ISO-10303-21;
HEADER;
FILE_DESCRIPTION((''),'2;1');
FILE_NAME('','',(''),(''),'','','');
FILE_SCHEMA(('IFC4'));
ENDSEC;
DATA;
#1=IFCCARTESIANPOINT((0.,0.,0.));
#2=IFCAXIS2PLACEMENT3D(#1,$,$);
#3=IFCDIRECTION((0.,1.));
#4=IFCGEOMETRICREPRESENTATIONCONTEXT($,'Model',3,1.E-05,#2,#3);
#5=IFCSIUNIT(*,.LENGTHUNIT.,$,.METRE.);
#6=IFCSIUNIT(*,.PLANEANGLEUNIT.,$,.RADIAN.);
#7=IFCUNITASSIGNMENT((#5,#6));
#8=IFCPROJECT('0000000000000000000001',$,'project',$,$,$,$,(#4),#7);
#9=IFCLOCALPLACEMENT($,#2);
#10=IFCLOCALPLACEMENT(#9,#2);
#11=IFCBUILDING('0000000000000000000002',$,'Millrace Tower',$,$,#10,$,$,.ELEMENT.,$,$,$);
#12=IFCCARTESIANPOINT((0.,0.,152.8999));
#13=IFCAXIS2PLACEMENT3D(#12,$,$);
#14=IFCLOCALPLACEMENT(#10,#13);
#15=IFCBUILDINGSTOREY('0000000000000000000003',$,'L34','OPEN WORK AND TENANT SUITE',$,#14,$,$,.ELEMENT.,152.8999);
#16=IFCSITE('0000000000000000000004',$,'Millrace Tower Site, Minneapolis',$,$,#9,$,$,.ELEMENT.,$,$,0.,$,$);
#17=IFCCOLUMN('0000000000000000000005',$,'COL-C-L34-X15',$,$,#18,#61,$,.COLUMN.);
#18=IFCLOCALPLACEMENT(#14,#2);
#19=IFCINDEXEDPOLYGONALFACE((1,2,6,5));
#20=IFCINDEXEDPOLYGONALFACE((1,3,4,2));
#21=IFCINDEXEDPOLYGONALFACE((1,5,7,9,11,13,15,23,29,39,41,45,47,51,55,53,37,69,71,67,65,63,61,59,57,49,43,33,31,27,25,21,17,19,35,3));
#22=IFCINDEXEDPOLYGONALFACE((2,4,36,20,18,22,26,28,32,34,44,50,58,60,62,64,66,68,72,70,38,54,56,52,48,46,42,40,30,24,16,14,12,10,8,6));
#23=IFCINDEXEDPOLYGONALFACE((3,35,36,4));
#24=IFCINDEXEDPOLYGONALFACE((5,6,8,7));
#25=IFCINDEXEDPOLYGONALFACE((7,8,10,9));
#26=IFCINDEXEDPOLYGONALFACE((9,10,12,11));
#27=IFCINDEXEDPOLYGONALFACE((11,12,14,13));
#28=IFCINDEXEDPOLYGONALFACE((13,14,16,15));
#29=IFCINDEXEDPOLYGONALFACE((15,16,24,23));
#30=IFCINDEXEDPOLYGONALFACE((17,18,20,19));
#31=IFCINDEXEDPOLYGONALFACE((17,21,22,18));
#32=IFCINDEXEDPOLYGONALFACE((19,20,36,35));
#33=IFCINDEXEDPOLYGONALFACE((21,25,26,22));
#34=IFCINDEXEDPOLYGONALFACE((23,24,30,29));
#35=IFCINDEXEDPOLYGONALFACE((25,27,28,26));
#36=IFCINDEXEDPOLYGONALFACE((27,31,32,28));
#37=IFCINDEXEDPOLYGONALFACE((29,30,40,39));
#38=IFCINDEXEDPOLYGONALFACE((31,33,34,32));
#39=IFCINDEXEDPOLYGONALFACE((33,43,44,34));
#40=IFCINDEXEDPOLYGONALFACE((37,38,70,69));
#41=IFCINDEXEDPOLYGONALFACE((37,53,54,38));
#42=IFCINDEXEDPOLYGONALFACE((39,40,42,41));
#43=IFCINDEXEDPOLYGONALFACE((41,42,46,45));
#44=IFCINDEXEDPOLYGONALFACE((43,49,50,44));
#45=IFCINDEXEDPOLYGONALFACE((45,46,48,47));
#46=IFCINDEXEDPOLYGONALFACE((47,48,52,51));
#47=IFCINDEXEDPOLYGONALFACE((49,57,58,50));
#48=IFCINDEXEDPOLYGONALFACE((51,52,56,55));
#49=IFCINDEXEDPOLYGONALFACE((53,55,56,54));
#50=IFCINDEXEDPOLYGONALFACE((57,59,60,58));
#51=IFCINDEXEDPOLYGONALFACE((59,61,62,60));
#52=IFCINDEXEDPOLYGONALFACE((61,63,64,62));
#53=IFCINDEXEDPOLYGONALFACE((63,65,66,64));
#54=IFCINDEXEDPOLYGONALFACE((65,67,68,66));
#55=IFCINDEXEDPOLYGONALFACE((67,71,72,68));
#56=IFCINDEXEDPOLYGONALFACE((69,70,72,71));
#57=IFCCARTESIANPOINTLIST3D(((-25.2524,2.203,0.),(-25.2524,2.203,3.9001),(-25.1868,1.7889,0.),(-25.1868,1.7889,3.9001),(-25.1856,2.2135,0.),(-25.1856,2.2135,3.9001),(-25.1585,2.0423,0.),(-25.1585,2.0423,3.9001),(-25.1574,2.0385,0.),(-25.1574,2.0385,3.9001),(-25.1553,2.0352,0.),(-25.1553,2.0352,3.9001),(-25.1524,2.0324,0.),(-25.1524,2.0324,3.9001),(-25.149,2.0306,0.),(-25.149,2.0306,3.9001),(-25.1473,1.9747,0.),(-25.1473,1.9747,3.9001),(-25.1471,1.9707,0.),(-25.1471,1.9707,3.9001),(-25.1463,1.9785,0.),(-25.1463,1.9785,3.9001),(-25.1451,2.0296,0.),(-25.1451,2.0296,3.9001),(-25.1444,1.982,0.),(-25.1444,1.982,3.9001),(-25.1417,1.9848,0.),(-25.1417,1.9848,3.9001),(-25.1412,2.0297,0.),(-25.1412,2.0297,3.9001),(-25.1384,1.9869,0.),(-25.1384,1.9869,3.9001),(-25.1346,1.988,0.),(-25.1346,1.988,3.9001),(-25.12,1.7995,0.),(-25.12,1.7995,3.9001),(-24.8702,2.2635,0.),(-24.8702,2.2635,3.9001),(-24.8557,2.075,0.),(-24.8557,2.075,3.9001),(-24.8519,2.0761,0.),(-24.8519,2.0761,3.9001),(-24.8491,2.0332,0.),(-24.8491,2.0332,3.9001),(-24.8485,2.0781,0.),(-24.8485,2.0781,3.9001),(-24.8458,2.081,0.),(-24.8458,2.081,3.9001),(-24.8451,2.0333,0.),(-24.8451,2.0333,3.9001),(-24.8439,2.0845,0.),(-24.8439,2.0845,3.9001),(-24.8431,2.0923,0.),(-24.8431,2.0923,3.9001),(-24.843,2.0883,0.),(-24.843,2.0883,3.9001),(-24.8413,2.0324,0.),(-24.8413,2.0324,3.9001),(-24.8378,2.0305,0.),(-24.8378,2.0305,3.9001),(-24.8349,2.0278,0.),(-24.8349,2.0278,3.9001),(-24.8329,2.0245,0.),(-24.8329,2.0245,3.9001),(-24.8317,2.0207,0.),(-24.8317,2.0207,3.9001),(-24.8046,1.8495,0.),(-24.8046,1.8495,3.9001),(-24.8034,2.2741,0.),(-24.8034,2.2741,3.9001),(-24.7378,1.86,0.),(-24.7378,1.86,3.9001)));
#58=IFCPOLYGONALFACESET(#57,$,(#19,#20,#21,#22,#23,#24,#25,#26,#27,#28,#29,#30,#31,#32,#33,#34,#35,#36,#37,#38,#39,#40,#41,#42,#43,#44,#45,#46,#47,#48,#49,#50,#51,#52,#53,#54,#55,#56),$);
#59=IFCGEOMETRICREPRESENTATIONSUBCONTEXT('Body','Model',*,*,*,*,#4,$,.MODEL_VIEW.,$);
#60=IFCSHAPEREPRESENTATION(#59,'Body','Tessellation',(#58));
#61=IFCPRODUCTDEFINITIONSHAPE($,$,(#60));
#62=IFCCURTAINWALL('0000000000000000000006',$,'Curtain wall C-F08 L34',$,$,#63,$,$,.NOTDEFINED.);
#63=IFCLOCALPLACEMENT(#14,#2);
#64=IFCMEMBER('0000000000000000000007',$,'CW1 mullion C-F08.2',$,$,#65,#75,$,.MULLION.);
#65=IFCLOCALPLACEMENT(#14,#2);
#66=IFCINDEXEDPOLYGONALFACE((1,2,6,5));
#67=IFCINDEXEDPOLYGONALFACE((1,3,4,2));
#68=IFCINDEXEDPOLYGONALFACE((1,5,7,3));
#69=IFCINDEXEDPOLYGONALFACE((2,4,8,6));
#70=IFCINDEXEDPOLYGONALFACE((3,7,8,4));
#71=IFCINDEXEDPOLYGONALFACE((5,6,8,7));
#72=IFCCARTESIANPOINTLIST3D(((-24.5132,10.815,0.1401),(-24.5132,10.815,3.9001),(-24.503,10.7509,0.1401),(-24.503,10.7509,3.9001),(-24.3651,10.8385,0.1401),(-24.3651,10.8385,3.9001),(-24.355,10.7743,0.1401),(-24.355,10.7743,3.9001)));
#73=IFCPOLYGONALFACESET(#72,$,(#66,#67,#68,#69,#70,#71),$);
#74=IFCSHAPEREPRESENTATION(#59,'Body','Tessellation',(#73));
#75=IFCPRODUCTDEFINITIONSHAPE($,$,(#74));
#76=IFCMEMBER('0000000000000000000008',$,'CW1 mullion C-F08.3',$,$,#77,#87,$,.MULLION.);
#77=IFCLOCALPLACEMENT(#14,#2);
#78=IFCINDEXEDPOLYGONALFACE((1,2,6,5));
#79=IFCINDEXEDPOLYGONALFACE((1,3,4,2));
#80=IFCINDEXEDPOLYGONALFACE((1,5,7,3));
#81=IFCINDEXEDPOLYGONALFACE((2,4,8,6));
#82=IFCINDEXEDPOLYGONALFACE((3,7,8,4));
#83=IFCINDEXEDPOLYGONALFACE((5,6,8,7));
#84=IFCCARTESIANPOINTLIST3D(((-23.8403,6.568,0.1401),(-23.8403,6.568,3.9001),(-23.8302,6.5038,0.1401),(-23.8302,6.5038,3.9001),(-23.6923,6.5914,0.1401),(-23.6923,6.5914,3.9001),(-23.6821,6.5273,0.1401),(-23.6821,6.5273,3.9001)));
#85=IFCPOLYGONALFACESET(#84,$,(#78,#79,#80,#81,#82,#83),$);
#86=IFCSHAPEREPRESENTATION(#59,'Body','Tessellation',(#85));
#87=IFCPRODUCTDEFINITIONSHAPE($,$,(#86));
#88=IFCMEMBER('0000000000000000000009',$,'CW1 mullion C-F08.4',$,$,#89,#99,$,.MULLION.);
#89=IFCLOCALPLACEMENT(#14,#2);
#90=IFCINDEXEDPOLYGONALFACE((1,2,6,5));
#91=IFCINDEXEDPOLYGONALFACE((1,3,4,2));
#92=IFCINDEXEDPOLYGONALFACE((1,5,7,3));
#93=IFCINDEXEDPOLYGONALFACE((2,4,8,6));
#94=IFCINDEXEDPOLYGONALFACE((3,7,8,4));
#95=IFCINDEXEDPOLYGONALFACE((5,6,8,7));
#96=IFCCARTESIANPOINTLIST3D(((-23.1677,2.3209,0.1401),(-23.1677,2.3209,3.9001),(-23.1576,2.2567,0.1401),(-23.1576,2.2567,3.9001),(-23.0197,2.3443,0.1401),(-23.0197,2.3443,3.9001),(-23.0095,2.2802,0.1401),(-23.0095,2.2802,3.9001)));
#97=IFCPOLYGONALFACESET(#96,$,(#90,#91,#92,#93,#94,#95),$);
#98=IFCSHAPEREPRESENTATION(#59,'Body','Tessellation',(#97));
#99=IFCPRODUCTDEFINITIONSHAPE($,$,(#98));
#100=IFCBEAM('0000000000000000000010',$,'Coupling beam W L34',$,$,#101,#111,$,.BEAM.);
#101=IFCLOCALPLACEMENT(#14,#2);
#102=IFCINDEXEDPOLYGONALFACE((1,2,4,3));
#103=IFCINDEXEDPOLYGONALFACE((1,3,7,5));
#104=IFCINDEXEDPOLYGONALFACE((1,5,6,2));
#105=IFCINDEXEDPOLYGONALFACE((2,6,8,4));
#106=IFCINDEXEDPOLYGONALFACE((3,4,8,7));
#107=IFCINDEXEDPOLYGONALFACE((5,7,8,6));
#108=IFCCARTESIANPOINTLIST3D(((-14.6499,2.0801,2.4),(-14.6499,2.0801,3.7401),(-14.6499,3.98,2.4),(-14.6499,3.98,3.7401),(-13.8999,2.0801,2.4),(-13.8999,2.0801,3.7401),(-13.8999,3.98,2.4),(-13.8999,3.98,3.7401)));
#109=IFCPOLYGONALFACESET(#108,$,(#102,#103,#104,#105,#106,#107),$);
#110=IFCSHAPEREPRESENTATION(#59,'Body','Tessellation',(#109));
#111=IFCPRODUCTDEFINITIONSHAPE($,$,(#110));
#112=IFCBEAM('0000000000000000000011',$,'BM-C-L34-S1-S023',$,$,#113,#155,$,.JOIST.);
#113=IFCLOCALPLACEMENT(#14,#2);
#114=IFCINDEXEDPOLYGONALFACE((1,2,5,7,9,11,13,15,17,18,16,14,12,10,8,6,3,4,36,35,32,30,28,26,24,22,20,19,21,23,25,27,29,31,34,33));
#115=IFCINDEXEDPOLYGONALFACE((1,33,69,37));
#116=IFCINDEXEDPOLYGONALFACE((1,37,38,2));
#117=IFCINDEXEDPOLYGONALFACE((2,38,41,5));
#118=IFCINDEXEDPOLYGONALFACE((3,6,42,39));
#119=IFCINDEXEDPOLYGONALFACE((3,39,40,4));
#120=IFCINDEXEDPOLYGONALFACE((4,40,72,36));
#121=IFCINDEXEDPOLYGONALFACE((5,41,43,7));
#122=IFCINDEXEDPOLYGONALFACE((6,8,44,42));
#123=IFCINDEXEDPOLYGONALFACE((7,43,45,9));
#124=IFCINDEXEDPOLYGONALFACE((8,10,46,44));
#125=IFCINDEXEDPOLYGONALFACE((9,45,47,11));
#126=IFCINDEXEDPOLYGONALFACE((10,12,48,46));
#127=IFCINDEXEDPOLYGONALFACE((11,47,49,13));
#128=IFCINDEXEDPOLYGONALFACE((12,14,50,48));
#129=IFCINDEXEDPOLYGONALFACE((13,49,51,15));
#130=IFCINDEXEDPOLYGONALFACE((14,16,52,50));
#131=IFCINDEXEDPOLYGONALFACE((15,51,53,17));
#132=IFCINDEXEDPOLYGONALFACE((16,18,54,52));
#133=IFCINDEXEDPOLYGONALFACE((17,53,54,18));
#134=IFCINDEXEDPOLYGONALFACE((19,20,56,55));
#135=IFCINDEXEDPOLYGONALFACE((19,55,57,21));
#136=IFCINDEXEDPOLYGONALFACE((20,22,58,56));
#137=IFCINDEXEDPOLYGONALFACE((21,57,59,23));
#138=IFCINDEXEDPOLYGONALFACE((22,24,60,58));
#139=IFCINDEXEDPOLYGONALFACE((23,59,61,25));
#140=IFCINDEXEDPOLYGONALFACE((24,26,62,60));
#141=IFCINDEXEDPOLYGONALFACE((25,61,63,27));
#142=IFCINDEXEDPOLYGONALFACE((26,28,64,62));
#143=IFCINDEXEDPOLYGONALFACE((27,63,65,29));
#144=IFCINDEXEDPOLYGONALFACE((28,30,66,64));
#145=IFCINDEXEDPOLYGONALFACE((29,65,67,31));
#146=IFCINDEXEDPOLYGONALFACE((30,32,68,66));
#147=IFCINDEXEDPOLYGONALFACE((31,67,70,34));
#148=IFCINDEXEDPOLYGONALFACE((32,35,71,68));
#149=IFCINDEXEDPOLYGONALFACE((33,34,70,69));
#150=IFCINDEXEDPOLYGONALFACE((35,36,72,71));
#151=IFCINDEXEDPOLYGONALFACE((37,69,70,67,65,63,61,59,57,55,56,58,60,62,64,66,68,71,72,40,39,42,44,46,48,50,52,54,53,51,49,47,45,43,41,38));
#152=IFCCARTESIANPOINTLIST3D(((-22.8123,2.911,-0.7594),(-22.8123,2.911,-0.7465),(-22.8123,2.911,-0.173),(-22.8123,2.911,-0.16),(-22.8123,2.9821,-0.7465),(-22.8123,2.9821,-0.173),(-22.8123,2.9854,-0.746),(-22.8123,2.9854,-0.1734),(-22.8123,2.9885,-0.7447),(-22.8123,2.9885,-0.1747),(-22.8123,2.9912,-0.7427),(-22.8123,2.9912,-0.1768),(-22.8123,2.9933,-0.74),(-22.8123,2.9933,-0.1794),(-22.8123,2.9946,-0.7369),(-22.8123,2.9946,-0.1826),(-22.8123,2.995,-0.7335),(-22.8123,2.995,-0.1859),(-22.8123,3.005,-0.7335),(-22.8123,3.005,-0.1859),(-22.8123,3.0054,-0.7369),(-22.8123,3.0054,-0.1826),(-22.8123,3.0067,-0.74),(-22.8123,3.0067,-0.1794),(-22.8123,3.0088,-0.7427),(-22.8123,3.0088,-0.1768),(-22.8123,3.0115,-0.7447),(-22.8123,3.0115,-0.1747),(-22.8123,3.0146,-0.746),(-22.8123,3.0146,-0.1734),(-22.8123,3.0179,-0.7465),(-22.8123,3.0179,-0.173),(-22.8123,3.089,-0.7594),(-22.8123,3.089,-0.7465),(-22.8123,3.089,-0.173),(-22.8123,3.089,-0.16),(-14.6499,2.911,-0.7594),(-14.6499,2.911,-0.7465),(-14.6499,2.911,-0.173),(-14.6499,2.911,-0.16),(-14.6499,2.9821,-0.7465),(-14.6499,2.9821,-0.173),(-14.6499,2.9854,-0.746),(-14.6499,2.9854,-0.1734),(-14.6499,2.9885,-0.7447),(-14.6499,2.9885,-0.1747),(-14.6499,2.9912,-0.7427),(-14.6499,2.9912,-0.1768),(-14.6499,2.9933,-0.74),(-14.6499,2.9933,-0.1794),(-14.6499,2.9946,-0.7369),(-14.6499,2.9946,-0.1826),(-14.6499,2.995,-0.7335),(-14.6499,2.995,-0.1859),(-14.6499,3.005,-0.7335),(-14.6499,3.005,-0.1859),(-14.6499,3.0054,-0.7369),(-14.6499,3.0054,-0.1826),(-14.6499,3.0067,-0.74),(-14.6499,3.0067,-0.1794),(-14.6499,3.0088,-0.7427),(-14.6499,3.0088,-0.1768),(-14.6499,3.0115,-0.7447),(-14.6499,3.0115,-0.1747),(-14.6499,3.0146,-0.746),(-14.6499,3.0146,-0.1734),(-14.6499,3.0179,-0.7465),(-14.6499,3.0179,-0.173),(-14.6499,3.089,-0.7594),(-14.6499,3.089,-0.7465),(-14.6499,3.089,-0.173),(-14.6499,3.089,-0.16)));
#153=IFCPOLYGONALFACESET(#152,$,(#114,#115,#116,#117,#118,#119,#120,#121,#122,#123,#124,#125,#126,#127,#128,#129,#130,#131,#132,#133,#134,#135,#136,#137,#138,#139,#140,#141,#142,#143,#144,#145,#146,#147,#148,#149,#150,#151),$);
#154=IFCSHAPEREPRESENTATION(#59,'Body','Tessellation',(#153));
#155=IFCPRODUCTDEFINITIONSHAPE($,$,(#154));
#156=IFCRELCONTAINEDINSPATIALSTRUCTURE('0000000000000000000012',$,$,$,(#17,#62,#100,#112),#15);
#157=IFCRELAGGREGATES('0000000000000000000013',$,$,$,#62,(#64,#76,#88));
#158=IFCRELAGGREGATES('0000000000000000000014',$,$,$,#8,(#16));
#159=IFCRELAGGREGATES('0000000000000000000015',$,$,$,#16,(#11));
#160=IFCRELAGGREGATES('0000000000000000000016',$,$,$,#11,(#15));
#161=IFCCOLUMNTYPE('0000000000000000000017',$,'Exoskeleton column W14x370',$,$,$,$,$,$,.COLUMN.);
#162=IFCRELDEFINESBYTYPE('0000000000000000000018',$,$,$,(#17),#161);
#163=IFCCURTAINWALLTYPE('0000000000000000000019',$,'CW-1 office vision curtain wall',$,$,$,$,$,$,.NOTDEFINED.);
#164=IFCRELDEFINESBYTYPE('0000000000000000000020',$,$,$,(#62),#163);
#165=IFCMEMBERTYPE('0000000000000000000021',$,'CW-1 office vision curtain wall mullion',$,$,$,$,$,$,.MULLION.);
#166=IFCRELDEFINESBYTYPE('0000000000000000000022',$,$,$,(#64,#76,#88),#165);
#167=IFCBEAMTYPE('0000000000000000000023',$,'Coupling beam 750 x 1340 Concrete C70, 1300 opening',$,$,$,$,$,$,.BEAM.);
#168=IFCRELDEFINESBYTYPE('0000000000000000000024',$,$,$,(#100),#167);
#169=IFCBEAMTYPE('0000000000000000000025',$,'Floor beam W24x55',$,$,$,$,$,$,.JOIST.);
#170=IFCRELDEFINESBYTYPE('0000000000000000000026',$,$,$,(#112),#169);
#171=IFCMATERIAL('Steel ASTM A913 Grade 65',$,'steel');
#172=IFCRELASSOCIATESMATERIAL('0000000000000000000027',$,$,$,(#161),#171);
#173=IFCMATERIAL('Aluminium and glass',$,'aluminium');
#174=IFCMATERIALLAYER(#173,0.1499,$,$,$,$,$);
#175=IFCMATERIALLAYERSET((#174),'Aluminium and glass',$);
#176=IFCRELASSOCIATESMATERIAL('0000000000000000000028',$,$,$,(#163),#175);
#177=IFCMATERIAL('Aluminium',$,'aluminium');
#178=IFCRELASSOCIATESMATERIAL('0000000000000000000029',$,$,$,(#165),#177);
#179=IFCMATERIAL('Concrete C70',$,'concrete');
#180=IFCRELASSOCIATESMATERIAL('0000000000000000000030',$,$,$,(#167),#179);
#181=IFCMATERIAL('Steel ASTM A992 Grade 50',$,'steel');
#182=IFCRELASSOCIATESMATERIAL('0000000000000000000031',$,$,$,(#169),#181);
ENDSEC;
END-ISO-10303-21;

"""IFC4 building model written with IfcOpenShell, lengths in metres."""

from ifc_helpers import new_model, si_unit, direction, frame, origin, origin_2d, place, context, subcontext, project, spatial, rectangle, i_section, extrude, material, layer, layer_set, material_profile, profile_set, type_object, element, aggregate, save


model = new_model("IFC4")

# Units and contexts
model_context = context("Model", 3, precision=1e-05, world=origin(), true_north=direction((0.0, 1.0)))
body_context = subcontext(model_context, "Body", "Model", "MODEL_VIEW")
ifc_project = project(units=[si_unit("LENGTHUNIT", "METRE"), si_unit("PLANEANGLEUNIT", "RADIAN")], contexts=[model_context])

# Site, building, storey
site_placement = place(None, origin())
site = spatial("IfcSite", under=ifc_project, at=site_placement, Name="Millrace Tower Site, Minneapolis", CompositionType="ELEMENT", RefElevation=0.0)
building_placement = place(site_placement, origin())
building = spatial("IfcBuilding", under=site, at=building_placement, Name="Millrace Tower", CompositionType="ELEMENT")
storey_placement = place(building_placement, frame((0.0, 0.0, 152.8999)))
storey = spatial("IfcBuildingStorey", under=building, at=storey_placement, Name="L34", Description="OPEN WORK AND TENANT SUITE", CompositionType="ELEMENT", Elevation=152.8999)

# Column
ifc_material_1 = material(Name="Steel ASTM A913 Grade 65", Category="steel")
ifc_material_profile_1 = material_profile(ifc_material_1, i_section(OverallWidth=0.4192, OverallDepth=0.4546, WebThickness=0.0422, FlangeThickness=0.0676, FilletRadius=0.0151, at=origin_2d()))
ifc_profile_set_1 = profile_set([ifc_material_profile_1], Name="Steel ASTM A913 Grade 65")
column_type = type_object("IfcColumnType", Name="Exoskeleton column W14x370", PredefinedType="COLUMN", material=ifc_profile_set_1)
column_placement = place(storey_placement, frame((-24.9951, 2.0315, 0.0), z_axis=(0.0, 0.0, 1.0), x_axis=(0.156434, -0.987688, 0.0)))
element("IfcColumn", 1, at=column_placement, inside=storey, type_object=column_type, Name="COL-C-L34-X15", PredefinedType="COLUMN", context=body_context, shape_type="SweptSolid", body=[
    extrude(i_section(OverallWidth=0.4192, OverallDepth=0.4546, WebThickness=0.0422, FlangeThickness=0.0676, FilletRadius=0.0151, at=origin_2d()), origin(), (0.0, 0.0, 1.0), 3.9001),
])

# Curtain wall, members
ifc_material_2 = material(Name="Aluminium and glass", Category="aluminium")
ifc_layer_1 = layer(ifc_material_2, 0.1499)
ifc_layer_set_1 = layer_set([ifc_layer_1], Name="Aluminium and glass")
curtain_wall_type = type_object("IfcCurtainWallType", Name="CW-1 office vision curtain wall", PredefinedType="NOTDEFINED", material=ifc_layer_set_1)
placement = place(storey_placement, origin())
curtain_wall = element("IfcCurtainWall", 2, at=placement, inside=storey, type_object=curtain_wall_type, Name="Curtain wall C-F08 L34", PredefinedType="NOTDEFINED")
ifc_material_3 = material(Name="Aluminium", Category="aluminium")
ifc_material_profile_2 = material_profile(ifc_material_3, rectangle(XDim=0.0649, YDim=0.1499, at=origin_2d()))
ifc_profile_set_2 = profile_set([ifc_material_profile_2], Name="Aluminium")
member_type = type_object("IfcMemberType", Name="CW-1 office vision curtain wall mullion", PredefinedType="MULLION", material=ifc_profile_set_2)
member_1_placement = place(storey_placement, frame((-24.4341, 10.7947, 0.1401), z_axis=(0.0, 0.0, 1.0), x_axis=(0.156434, -0.987688, 0.0)))
member_1 = element("IfcMember", 3, at=member_1_placement, type_object=member_type, Name="CW1 mullion C-F08.2", PredefinedType="MULLION", context=body_context, shape_type="SweptSolid", body=[
    extrude(rectangle(XDim=0.0649, YDim=0.1499, at=origin_2d()), origin(), (0.0, 0.0, 1.0), 3.76),
])
member_2_placement = place(storey_placement, frame((-23.7612, 6.5476, 0.1401), z_axis=(0.0, 0.0, 1.0), x_axis=(0.156434, -0.987688, 0.0)))
member_2 = element("IfcMember", 4, at=member_2_placement, type_object=member_type, Name="CW1 mullion C-F08.3", PredefinedType="MULLION", context=body_context, shape_type="SweptSolid", body=[
    extrude(rectangle(XDim=0.0649, YDim=0.1499, at=origin_2d()), origin(), (0.0, 0.0, 1.0), 3.76),
])
member_3_placement = place(storey_placement, frame((-23.0886, 2.3005, 0.1401), z_axis=(0.0, 0.0, 1.0), x_axis=(0.156434, -0.987688, 0.0)))
member_3 = element("IfcMember", 5, at=member_3_placement, type_object=member_type, Name="CW1 mullion C-F08.4", PredefinedType="MULLION", context=body_context, shape_type="SweptSolid", body=[
    extrude(rectangle(XDim=0.0649, YDim=0.1499, at=origin_2d()), origin(), (0.0, 0.0, 1.0), 3.76),
])
aggregate(curtain_wall, [member_1, member_2, member_3])

# Beams
ifc_material_4 = material(Name="Concrete C70", Category="concrete")
ifc_material_profile_3 = material_profile(ifc_material_4, rectangle(XDim=0.75, YDim=1.3401, at=origin_2d()))
ifc_profile_set_3 = profile_set([ifc_material_profile_3], Name="Concrete C70")
beam_type_1 = type_object("IfcBeamType", Name="Coupling beam 750 x 1340 Concrete C70, 1300 opening", PredefinedType="BEAM", material=ifc_profile_set_3)
beam_1_placement = place(storey_placement, frame((-14.2749, 2.0801, 3.0701), z_axis=(0.0, 1.0, 0.0), x_axis=(-1.0, 0.0, 0.0)))
element("IfcBeam", 6, at=beam_1_placement, inside=storey, type_object=beam_type_1, Name="Coupling beam W L34", PredefinedType="BEAM", context=body_context, shape_type="SweptSolid", body=[
    extrude(rectangle(XDim=0.75, YDim=1.3401, at=origin_2d()), origin(), (0.0, 0.0, 1.0), 1.8999),
])
ifc_material_5 = material(Name="Steel ASTM A992 Grade 50", Category="steel")
ifc_material_profile_4 = material_profile(ifc_material_5, i_section(OverallWidth=0.178, OverallDepth=0.5994, WebThickness=0.01, FlangeThickness=0.0129, FilletRadius=0.0129, at=origin_2d()))
ifc_profile_set_4 = profile_set([ifc_material_profile_4], Name="Steel ASTM A992 Grade 50")
beam_type_2 = type_object("IfcBeamType", Name="Floor beam W24x55", PredefinedType="JOIST", material=ifc_profile_set_4)
beam_2_placement = place(storey_placement, frame((-22.8123, 3.0, -0.4597), z_axis=(1.0, 0.0, 0.0), x_axis=(0.0, 1.0, 0.0)))
element("IfcBeam", 7, at=beam_2_placement, inside=storey, type_object=beam_type_2, Name="BM-C-L34-S1-S023", PredefinedType="JOIST", context=body_context, shape_type="SweptSolid", body=[
    extrude(i_section(OverallWidth=0.178, OverallDepth=0.5994, WebThickness=0.01, FlangeThickness=0.0129, FilletRadius=0.0129, at=origin_2d()), origin(), (0.0, 0.0, 1.0), 8.1624),
])

save(model, "model.ifc")
